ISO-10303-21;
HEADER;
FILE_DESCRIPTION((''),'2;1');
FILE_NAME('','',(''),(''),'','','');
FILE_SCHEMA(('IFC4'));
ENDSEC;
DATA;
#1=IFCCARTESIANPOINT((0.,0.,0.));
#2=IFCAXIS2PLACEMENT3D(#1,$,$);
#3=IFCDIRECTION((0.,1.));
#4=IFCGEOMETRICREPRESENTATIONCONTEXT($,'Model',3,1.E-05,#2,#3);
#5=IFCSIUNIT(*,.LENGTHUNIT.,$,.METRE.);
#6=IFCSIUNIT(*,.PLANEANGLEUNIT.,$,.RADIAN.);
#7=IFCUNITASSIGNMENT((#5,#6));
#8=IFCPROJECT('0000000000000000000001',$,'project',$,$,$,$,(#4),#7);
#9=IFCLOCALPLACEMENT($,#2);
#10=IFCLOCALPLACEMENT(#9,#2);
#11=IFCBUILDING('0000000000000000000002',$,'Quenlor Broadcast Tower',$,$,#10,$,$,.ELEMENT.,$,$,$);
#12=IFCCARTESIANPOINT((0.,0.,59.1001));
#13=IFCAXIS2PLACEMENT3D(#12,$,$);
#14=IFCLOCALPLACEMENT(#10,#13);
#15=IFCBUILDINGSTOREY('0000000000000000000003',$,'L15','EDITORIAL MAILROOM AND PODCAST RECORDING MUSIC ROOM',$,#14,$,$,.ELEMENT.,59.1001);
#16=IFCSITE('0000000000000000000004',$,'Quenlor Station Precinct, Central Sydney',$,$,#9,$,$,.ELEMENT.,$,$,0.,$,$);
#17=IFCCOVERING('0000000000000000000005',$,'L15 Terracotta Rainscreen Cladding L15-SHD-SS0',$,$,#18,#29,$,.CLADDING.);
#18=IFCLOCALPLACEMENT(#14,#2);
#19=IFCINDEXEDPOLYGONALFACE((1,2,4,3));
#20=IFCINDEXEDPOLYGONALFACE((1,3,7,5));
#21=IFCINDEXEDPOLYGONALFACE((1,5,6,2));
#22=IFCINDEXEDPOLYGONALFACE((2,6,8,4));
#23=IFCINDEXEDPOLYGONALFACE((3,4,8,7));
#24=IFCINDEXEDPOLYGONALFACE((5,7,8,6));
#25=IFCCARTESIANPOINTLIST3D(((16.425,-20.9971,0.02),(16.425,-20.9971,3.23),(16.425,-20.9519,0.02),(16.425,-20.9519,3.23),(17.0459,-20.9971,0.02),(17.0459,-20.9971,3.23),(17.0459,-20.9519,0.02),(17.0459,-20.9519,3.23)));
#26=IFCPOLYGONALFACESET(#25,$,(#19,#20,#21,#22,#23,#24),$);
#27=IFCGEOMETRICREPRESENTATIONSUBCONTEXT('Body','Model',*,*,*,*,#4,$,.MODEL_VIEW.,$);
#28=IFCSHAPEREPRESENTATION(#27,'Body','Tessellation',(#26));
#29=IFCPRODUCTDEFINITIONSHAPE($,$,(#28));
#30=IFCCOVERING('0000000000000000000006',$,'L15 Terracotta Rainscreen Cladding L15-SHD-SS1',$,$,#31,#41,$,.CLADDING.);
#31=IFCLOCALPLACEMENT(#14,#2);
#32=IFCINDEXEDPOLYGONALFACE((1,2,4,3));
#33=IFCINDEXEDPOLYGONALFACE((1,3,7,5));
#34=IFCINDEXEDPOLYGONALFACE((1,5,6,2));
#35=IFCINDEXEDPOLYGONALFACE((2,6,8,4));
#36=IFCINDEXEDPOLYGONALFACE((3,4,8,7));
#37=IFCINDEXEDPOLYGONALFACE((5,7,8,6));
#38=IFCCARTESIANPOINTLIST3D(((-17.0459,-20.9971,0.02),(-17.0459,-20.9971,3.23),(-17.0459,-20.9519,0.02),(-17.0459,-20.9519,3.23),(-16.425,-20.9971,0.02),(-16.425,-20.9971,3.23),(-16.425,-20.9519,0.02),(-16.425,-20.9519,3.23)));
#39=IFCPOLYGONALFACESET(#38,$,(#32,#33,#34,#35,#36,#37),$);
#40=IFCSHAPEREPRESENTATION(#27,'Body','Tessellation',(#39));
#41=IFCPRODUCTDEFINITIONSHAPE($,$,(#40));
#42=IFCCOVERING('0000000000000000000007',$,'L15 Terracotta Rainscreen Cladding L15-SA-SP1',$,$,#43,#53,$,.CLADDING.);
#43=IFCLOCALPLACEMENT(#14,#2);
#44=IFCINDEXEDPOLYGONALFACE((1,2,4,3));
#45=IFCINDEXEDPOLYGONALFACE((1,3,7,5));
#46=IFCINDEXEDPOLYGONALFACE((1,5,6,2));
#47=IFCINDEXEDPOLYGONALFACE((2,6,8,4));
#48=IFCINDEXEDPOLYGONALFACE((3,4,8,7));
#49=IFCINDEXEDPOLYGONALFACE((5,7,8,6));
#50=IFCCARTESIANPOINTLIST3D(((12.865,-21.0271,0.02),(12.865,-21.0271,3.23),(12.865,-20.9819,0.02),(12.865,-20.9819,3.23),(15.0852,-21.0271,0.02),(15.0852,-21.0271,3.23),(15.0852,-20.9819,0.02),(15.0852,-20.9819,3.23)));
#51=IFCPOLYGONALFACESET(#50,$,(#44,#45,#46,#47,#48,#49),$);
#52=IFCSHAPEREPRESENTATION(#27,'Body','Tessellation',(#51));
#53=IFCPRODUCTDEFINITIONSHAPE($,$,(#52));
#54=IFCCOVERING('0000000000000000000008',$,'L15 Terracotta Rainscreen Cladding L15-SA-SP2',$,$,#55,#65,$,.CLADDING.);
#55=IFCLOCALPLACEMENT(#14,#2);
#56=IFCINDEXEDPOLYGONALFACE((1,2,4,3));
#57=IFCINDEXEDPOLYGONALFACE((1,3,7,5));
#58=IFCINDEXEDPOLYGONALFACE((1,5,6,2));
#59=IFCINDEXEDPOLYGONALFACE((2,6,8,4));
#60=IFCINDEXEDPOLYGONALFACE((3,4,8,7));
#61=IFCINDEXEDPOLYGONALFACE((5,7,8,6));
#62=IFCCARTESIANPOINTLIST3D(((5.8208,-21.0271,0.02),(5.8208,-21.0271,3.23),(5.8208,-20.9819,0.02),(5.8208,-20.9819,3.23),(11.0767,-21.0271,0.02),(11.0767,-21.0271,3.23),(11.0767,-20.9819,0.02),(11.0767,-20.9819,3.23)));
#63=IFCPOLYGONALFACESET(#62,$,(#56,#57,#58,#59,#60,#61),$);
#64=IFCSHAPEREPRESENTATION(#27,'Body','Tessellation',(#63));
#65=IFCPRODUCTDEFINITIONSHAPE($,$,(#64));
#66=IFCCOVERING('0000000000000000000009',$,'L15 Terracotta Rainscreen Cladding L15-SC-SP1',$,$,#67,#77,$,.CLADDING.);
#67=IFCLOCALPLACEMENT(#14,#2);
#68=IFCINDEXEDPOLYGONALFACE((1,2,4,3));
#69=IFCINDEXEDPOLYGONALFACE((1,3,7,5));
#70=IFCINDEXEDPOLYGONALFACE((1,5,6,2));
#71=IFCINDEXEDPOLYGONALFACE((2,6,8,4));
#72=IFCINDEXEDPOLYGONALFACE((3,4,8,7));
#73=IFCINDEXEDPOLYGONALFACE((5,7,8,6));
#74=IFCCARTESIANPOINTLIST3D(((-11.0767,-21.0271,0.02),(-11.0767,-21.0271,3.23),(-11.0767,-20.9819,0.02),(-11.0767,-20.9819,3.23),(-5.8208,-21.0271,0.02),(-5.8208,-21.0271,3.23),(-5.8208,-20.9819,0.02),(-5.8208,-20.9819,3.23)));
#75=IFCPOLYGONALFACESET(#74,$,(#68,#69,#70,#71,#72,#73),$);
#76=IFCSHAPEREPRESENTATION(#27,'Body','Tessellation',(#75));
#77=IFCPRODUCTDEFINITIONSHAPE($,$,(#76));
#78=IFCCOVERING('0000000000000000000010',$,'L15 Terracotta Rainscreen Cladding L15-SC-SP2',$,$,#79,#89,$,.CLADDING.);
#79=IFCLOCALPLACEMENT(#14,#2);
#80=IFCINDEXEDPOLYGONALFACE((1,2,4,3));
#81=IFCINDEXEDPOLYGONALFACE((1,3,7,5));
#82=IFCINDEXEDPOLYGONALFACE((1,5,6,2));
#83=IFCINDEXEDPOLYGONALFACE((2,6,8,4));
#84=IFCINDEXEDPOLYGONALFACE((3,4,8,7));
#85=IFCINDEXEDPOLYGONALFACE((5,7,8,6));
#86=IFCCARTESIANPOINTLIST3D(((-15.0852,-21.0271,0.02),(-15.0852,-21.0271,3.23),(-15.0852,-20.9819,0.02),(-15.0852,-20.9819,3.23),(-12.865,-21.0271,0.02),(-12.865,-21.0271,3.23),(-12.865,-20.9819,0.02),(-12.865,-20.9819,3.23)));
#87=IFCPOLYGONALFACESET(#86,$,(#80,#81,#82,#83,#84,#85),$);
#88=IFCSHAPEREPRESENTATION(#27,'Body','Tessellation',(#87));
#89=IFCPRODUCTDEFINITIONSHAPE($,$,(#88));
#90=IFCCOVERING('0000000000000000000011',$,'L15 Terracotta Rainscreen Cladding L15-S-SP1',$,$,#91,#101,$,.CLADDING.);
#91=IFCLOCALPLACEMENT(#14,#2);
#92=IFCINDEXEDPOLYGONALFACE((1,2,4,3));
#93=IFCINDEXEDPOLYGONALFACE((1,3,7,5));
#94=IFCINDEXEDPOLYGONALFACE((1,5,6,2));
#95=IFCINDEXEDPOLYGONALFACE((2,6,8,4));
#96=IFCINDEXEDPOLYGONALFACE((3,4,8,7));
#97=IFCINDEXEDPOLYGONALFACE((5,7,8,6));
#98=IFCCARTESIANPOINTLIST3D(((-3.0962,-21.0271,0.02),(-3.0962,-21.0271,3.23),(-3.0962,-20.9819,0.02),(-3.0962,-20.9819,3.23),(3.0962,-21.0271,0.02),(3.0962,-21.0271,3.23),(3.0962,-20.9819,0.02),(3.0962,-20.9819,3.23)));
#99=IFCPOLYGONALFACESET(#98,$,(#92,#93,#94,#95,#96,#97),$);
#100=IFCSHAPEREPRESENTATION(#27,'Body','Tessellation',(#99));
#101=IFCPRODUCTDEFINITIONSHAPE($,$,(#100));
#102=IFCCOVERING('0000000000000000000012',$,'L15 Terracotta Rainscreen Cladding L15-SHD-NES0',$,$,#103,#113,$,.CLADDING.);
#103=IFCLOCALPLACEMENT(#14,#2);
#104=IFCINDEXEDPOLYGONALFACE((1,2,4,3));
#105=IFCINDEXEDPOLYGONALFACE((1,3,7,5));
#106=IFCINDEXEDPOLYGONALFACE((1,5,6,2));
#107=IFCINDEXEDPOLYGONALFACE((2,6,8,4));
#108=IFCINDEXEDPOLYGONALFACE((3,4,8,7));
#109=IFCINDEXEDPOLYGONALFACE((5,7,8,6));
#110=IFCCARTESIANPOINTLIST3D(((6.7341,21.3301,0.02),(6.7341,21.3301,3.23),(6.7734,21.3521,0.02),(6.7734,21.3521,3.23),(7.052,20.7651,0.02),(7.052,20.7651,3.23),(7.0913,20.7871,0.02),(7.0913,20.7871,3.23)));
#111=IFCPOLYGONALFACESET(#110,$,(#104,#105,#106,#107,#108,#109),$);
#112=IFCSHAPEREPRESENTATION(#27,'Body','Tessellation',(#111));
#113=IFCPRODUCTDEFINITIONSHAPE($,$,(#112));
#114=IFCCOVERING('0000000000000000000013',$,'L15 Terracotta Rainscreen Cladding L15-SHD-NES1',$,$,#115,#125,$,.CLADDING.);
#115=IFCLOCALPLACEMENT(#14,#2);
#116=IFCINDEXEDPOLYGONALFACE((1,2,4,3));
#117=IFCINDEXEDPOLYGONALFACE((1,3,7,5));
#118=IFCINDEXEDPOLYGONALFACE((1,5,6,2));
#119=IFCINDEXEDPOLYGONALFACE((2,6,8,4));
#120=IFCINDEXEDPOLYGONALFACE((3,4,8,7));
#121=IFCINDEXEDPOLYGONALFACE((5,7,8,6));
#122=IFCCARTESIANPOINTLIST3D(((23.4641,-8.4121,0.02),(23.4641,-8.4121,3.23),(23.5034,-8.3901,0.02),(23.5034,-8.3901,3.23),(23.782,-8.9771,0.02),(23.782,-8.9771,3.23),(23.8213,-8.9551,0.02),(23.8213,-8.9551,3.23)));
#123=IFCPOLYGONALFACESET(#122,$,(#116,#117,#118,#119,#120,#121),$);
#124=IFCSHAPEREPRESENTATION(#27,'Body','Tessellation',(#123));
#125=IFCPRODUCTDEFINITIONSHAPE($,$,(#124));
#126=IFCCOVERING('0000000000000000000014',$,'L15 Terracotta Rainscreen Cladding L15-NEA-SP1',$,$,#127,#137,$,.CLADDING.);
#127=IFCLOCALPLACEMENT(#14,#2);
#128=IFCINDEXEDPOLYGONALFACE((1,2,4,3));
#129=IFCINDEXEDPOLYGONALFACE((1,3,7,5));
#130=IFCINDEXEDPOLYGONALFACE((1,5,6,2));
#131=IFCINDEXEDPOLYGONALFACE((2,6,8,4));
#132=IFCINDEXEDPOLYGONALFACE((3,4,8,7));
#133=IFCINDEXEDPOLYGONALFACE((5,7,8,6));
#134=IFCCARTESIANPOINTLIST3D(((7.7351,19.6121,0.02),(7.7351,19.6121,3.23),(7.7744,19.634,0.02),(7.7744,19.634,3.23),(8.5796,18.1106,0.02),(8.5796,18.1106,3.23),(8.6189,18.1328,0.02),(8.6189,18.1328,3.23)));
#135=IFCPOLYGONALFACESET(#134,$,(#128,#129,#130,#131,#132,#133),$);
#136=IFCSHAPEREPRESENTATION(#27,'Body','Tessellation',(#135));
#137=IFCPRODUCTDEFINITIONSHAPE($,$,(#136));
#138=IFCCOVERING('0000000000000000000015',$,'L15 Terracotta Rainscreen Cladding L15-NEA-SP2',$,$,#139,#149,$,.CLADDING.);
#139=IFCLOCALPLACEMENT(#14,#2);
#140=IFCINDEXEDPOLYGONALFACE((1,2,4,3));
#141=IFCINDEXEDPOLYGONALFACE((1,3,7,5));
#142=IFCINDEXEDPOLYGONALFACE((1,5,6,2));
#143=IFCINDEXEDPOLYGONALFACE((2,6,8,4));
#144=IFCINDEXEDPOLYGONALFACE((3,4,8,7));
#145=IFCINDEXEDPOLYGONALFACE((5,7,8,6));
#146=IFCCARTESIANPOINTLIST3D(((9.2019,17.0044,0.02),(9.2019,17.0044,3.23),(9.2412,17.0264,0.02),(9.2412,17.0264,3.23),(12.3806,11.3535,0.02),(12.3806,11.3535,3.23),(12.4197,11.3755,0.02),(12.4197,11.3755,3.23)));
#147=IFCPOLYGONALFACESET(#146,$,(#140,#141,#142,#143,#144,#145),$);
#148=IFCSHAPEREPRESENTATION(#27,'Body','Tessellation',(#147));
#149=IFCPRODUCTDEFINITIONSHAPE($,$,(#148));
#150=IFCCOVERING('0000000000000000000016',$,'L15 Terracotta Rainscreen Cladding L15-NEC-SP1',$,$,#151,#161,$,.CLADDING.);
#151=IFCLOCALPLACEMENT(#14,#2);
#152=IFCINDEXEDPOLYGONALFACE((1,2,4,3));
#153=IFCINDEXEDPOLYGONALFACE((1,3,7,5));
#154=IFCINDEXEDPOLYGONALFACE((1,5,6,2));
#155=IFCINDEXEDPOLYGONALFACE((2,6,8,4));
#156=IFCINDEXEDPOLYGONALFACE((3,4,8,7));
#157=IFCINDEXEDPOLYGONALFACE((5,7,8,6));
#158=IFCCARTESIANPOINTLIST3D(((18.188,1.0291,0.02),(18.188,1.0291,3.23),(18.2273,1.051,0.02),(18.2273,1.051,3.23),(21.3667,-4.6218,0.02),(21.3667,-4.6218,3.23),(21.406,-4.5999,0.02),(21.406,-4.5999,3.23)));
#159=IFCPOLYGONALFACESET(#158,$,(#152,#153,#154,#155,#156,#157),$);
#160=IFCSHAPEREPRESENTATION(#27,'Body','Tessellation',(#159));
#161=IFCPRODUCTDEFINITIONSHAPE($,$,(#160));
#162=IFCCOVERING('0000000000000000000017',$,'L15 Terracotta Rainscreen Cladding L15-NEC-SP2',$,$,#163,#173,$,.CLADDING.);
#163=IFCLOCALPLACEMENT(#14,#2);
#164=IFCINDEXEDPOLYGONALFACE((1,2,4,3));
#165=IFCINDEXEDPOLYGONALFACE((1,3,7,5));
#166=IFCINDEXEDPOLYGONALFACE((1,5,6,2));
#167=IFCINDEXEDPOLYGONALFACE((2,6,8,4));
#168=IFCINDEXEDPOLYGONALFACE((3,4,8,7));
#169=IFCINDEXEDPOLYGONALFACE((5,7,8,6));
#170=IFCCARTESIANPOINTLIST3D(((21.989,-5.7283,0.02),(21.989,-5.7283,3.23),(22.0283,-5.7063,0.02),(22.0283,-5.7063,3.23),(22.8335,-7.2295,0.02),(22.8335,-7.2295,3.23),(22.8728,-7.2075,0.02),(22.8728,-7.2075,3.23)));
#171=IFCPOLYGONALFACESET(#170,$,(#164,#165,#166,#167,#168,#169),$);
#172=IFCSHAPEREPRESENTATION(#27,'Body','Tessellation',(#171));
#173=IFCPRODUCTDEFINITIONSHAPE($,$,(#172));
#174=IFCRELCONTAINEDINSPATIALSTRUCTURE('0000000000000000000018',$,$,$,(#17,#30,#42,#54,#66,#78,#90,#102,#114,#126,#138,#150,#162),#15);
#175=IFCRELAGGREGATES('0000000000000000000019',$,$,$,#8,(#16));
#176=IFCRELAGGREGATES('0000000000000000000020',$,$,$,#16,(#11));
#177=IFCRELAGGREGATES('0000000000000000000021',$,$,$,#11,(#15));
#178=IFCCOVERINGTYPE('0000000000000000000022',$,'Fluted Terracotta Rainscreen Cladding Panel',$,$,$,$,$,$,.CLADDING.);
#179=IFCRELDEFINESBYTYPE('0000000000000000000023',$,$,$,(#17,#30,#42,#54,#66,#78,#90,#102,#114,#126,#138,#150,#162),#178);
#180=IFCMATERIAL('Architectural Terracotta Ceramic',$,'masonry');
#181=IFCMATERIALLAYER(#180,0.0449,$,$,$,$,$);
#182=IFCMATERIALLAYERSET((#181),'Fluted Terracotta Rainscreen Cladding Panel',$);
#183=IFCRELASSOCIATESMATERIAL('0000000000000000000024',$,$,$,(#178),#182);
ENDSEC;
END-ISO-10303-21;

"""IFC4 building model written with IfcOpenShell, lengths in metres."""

from ifc_helpers import new_model, si_unit, direction, frame, origin, place, context, subcontext, project, spatial, polyline, outline, extrude, material, layer, layer_set, type_object, element, save


model = new_model("IFC4")

# Units and contexts
model_context = context("Model", 3, precision=1e-05, world=origin(), true_north=direction((0.0, 1.0)))
body_context = subcontext(model_context, "Body", "Model", "MODEL_VIEW")
ifc_project = project(units=[si_unit("LENGTHUNIT", "METRE"), si_unit("PLANEANGLEUNIT", "RADIAN")], contexts=[model_context])

# Site, building, storey
site_placement = place(None, origin())
site = spatial("IfcSite", under=ifc_project, at=site_placement, Name="Quenlor Station Precinct, Central Sydney", CompositionType="ELEMENT", RefElevation=0.0)
building_placement = place(site_placement, origin())
building = spatial("IfcBuilding", under=site, at=building_placement, Name="Quenlor Broadcast Tower", CompositionType="ELEMENT")
storey_placement = place(building_placement, frame((0.0, 0.0, 59.1001)))
storey = spatial("IfcBuildingStorey", under=building, at=storey_placement, Name="L15", Description="EDITORIAL MAILROOM AND PODCAST RECORDING MUSIC ROOM", CompositionType="ELEMENT", Elevation=59.1001)

# Coverings
ifc_material_1 = material(Name="Architectural Terracotta Ceramic", Category="masonry")
ifc_layer_1 = layer(ifc_material_1, 0.0449)
ifc_layer_set_1 = layer_set([ifc_layer_1], Name="Fluted Terracotta Rainscreen Cladding Panel")
covering_type = type_object("IfcCoveringType", Name="Fluted Terracotta Rainscreen Cladding Panel", PredefinedType="CLADDING", material=ifc_layer_set_1)
covering_1_placement = place(storey_placement, frame((0.0, 0.0, 0.02)))
element("IfcCovering", 1, at=covering_1_placement, inside=storey, type_object=covering_type, Name="L15 Terracotta Rainscreen Cladding L15-SHD-SS0", PredefinedType="CLADDING", context=body_context, shape_type="SweptSolid", body=[
    extrude(outline(polyline([(17.0459, -20.9519), (16.425, -20.9519), (16.425, -20.9971), (17.0459, -20.9971), (17.0459, -20.9519)])), origin(), (0.0, 0.0, 1.0), 3.21),
])
covering_2_placement = place(storey_placement, frame((0.0, 0.0, 0.02)))
element("IfcCovering", 2, at=covering_2_placement, inside=storey, type_object=covering_type, Name="L15 Terracotta Rainscreen Cladding L15-SHD-SS1", PredefinedType="CLADDING", context=body_context, shape_type="SweptSolid", body=[
    extrude(outline(polyline([(-16.425, -20.9519), (-17.0459, -20.9519), (-17.0459, -20.9971), (-16.425, -20.9971), (-16.425, -20.9519)])), origin(), (0.0, 0.0, 1.0), 3.21),
])
covering_3_placement = place(storey_placement, frame((0.0, 0.0, 0.02)))
element("IfcCovering", 3, at=covering_3_placement, inside=storey, type_object=covering_type, Name="L15 Terracotta Rainscreen Cladding L15-SA-SP1", PredefinedType="CLADDING", context=body_context, shape_type="SweptSolid", body=[
    extrude(outline(polyline([(15.0852, -20.9819), (12.865, -20.9819), (12.865, -21.0271), (15.0852, -21.0271), (15.0852, -20.9819)])), origin(), (0.0, 0.0, 1.0), 3.21),
])
covering_4_placement = place(storey_placement, frame((0.0, 0.0, 0.02)))
element("IfcCovering", 4, at=covering_4_placement, inside=storey, type_object=covering_type, Name="L15 Terracotta Rainscreen Cladding L15-SA-SP2", PredefinedType="CLADDING", context=body_context, shape_type="SweptSolid", body=[
    extrude(outline(polyline([(11.0767, -20.9819), (5.8208, -20.9819), (5.8208, -21.0271), (11.0767, -21.0271), (11.0767, -20.9819)])), origin(), (0.0, 0.0, 1.0), 3.21),
])
covering_5_placement = place(storey_placement, frame((0.0, 0.0, 0.02)))
element("IfcCovering", 5, at=covering_5_placement, inside=storey, type_object=covering_type, Name="L15 Terracotta Rainscreen Cladding L15-SC-SP1", PredefinedType="CLADDING", context=body_context, shape_type="SweptSolid", body=[
    extrude(outline(polyline([(-5.8208, -20.9819), (-11.0767, -20.9819), (-11.0767, -21.0271), (-5.8208, -21.0271), (-5.8208, -20.9819)])), origin(), (0.0, 0.0, 1.0), 3.21),
])
covering_6_placement = place(storey_placement, frame((0.0, 0.0, 0.02)))
element("IfcCovering", 6, at=covering_6_placement, inside=storey, type_object=covering_type, Name="L15 Terracotta Rainscreen Cladding L15-SC-SP2", PredefinedType="CLADDING", context=body_context, shape_type="SweptSolid", body=[
    extrude(outline(polyline([(-12.865, -20.9819), (-15.0852, -20.9819), (-15.0852, -21.0271), (-12.865, -21.0271), (-12.865, -20.9819)])), origin(), (0.0, 0.0, 1.0), 3.21),
])
covering_7_placement = place(storey_placement, frame((0.0, 0.0, 0.02)))
element("IfcCovering", 7, at=covering_7_placement, inside=storey, type_object=covering_type, Name="L15 Terracotta Rainscreen Cladding L15-S-SP1", PredefinedType="CLADDING", context=body_context, shape_type="SweptSolid", body=[
    extrude(outline(polyline([(3.0962, -20.9819), (-3.0962, -20.9819), (-3.0962, -21.0271), (3.0962, -21.0271), (3.0962, -20.9819)])), origin(), (0.0, 0.0, 1.0), 3.21),
])
covering_8_placement = place(storey_placement, frame((0.0, 0.0, 0.02)))
element("IfcCovering", 8, at=covering_8_placement, inside=storey, type_object=covering_type, Name="L15 Terracotta Rainscreen Cladding L15-SHD-NES0", PredefinedType="CLADDING", context=body_context, shape_type="SweptSolid", body=[
    extrude(outline(polyline([(6.7341, 21.3301), (7.052, 20.7651), (7.0913, 20.7871), (6.7734, 21.3521), (6.7341, 21.3301)])), origin(), (0.0, 0.0, 1.0), 3.21),
])
covering_9_placement = place(storey_placement, frame((0.0, 0.0, 0.02)))
element("IfcCovering", 9, at=covering_9_placement, inside=storey, type_object=covering_type, Name="L15 Terracotta Rainscreen Cladding L15-SHD-NES1", PredefinedType="CLADDING", context=body_context, shape_type="SweptSolid", body=[
    extrude(outline(polyline([(23.4641, -8.4121), (23.782, -8.9771), (23.8213, -8.9551), (23.5034, -8.3901), (23.4641, -8.4121)])), origin(), (0.0, 0.0, 1.0), 3.21),
])
covering_10_placement = place(storey_placement, frame((0.0, 0.0, 0.02)))
element("IfcCovering", 10, at=covering_10_placement, inside=storey, type_object=covering_type, Name="L15 Terracotta Rainscreen Cladding L15-NEA-SP1", PredefinedType="CLADDING", context=body_context, shape_type="SweptSolid", body=[
    extrude(outline(polyline([(7.7351, 19.6121), (8.5796, 18.1106), (8.6189, 18.1328), (7.7744, 19.634), (7.7351, 19.6121)])), origin(), (0.0, 0.0, 1.0), 3.21),
])
covering_11_placement = place(storey_placement, frame((0.0, 0.0, 0.02)))
element("IfcCovering", 11, at=covering_11_placement, inside=storey, type_object=covering_type, Name="L15 Terracotta Rainscreen Cladding L15-NEA-SP2", PredefinedType="CLADDING", context=body_context, shape_type="SweptSolid", body=[
    extrude(outline(polyline([(9.2019, 17.0044), (12.3806, 11.3535), (12.4197, 11.3755), (9.2412, 17.0264), (9.2019, 17.0044)])), origin(), (0.0, 0.0, 1.0), 3.21),
])
covering_12_placement = place(storey_placement, frame((0.0, 0.0, 0.02)))
element("IfcCovering", 12, at=covering_12_placement, inside=storey, type_object=covering_type, Name="L15 Terracotta Rainscreen Cladding L15-NEC-SP1", PredefinedType="CLADDING", context=body_context, shape_type="SweptSolid", body=[
    extrude(outline(polyline([(18.188, 1.0291), (21.3667, -4.6218), (21.406, -4.5999), (18.2273, 1.051), (18.188, 1.0291)])), origin(), (0.0, 0.0, 1.0), 3.21),
])
covering_13_placement = place(storey_placement, frame((0.0, 0.0, 0.02)))
element("IfcCovering", 13, at=covering_13_placement, inside=storey, type_object=covering_type, Name="L15 Terracotta Rainscreen Cladding L15-NEC-SP2", PredefinedType="CLADDING", context=body_context, shape_type="SweptSolid", body=[
    extrude(outline(polyline([(21.989, -5.7283), (22.8335, -7.2295), (22.8728, -7.2075), (22.0283, -5.7063), (21.989, -5.7283)])), origin(), (0.0, 0.0, 1.0), 3.21),
])

save(model, "model.ifc")
